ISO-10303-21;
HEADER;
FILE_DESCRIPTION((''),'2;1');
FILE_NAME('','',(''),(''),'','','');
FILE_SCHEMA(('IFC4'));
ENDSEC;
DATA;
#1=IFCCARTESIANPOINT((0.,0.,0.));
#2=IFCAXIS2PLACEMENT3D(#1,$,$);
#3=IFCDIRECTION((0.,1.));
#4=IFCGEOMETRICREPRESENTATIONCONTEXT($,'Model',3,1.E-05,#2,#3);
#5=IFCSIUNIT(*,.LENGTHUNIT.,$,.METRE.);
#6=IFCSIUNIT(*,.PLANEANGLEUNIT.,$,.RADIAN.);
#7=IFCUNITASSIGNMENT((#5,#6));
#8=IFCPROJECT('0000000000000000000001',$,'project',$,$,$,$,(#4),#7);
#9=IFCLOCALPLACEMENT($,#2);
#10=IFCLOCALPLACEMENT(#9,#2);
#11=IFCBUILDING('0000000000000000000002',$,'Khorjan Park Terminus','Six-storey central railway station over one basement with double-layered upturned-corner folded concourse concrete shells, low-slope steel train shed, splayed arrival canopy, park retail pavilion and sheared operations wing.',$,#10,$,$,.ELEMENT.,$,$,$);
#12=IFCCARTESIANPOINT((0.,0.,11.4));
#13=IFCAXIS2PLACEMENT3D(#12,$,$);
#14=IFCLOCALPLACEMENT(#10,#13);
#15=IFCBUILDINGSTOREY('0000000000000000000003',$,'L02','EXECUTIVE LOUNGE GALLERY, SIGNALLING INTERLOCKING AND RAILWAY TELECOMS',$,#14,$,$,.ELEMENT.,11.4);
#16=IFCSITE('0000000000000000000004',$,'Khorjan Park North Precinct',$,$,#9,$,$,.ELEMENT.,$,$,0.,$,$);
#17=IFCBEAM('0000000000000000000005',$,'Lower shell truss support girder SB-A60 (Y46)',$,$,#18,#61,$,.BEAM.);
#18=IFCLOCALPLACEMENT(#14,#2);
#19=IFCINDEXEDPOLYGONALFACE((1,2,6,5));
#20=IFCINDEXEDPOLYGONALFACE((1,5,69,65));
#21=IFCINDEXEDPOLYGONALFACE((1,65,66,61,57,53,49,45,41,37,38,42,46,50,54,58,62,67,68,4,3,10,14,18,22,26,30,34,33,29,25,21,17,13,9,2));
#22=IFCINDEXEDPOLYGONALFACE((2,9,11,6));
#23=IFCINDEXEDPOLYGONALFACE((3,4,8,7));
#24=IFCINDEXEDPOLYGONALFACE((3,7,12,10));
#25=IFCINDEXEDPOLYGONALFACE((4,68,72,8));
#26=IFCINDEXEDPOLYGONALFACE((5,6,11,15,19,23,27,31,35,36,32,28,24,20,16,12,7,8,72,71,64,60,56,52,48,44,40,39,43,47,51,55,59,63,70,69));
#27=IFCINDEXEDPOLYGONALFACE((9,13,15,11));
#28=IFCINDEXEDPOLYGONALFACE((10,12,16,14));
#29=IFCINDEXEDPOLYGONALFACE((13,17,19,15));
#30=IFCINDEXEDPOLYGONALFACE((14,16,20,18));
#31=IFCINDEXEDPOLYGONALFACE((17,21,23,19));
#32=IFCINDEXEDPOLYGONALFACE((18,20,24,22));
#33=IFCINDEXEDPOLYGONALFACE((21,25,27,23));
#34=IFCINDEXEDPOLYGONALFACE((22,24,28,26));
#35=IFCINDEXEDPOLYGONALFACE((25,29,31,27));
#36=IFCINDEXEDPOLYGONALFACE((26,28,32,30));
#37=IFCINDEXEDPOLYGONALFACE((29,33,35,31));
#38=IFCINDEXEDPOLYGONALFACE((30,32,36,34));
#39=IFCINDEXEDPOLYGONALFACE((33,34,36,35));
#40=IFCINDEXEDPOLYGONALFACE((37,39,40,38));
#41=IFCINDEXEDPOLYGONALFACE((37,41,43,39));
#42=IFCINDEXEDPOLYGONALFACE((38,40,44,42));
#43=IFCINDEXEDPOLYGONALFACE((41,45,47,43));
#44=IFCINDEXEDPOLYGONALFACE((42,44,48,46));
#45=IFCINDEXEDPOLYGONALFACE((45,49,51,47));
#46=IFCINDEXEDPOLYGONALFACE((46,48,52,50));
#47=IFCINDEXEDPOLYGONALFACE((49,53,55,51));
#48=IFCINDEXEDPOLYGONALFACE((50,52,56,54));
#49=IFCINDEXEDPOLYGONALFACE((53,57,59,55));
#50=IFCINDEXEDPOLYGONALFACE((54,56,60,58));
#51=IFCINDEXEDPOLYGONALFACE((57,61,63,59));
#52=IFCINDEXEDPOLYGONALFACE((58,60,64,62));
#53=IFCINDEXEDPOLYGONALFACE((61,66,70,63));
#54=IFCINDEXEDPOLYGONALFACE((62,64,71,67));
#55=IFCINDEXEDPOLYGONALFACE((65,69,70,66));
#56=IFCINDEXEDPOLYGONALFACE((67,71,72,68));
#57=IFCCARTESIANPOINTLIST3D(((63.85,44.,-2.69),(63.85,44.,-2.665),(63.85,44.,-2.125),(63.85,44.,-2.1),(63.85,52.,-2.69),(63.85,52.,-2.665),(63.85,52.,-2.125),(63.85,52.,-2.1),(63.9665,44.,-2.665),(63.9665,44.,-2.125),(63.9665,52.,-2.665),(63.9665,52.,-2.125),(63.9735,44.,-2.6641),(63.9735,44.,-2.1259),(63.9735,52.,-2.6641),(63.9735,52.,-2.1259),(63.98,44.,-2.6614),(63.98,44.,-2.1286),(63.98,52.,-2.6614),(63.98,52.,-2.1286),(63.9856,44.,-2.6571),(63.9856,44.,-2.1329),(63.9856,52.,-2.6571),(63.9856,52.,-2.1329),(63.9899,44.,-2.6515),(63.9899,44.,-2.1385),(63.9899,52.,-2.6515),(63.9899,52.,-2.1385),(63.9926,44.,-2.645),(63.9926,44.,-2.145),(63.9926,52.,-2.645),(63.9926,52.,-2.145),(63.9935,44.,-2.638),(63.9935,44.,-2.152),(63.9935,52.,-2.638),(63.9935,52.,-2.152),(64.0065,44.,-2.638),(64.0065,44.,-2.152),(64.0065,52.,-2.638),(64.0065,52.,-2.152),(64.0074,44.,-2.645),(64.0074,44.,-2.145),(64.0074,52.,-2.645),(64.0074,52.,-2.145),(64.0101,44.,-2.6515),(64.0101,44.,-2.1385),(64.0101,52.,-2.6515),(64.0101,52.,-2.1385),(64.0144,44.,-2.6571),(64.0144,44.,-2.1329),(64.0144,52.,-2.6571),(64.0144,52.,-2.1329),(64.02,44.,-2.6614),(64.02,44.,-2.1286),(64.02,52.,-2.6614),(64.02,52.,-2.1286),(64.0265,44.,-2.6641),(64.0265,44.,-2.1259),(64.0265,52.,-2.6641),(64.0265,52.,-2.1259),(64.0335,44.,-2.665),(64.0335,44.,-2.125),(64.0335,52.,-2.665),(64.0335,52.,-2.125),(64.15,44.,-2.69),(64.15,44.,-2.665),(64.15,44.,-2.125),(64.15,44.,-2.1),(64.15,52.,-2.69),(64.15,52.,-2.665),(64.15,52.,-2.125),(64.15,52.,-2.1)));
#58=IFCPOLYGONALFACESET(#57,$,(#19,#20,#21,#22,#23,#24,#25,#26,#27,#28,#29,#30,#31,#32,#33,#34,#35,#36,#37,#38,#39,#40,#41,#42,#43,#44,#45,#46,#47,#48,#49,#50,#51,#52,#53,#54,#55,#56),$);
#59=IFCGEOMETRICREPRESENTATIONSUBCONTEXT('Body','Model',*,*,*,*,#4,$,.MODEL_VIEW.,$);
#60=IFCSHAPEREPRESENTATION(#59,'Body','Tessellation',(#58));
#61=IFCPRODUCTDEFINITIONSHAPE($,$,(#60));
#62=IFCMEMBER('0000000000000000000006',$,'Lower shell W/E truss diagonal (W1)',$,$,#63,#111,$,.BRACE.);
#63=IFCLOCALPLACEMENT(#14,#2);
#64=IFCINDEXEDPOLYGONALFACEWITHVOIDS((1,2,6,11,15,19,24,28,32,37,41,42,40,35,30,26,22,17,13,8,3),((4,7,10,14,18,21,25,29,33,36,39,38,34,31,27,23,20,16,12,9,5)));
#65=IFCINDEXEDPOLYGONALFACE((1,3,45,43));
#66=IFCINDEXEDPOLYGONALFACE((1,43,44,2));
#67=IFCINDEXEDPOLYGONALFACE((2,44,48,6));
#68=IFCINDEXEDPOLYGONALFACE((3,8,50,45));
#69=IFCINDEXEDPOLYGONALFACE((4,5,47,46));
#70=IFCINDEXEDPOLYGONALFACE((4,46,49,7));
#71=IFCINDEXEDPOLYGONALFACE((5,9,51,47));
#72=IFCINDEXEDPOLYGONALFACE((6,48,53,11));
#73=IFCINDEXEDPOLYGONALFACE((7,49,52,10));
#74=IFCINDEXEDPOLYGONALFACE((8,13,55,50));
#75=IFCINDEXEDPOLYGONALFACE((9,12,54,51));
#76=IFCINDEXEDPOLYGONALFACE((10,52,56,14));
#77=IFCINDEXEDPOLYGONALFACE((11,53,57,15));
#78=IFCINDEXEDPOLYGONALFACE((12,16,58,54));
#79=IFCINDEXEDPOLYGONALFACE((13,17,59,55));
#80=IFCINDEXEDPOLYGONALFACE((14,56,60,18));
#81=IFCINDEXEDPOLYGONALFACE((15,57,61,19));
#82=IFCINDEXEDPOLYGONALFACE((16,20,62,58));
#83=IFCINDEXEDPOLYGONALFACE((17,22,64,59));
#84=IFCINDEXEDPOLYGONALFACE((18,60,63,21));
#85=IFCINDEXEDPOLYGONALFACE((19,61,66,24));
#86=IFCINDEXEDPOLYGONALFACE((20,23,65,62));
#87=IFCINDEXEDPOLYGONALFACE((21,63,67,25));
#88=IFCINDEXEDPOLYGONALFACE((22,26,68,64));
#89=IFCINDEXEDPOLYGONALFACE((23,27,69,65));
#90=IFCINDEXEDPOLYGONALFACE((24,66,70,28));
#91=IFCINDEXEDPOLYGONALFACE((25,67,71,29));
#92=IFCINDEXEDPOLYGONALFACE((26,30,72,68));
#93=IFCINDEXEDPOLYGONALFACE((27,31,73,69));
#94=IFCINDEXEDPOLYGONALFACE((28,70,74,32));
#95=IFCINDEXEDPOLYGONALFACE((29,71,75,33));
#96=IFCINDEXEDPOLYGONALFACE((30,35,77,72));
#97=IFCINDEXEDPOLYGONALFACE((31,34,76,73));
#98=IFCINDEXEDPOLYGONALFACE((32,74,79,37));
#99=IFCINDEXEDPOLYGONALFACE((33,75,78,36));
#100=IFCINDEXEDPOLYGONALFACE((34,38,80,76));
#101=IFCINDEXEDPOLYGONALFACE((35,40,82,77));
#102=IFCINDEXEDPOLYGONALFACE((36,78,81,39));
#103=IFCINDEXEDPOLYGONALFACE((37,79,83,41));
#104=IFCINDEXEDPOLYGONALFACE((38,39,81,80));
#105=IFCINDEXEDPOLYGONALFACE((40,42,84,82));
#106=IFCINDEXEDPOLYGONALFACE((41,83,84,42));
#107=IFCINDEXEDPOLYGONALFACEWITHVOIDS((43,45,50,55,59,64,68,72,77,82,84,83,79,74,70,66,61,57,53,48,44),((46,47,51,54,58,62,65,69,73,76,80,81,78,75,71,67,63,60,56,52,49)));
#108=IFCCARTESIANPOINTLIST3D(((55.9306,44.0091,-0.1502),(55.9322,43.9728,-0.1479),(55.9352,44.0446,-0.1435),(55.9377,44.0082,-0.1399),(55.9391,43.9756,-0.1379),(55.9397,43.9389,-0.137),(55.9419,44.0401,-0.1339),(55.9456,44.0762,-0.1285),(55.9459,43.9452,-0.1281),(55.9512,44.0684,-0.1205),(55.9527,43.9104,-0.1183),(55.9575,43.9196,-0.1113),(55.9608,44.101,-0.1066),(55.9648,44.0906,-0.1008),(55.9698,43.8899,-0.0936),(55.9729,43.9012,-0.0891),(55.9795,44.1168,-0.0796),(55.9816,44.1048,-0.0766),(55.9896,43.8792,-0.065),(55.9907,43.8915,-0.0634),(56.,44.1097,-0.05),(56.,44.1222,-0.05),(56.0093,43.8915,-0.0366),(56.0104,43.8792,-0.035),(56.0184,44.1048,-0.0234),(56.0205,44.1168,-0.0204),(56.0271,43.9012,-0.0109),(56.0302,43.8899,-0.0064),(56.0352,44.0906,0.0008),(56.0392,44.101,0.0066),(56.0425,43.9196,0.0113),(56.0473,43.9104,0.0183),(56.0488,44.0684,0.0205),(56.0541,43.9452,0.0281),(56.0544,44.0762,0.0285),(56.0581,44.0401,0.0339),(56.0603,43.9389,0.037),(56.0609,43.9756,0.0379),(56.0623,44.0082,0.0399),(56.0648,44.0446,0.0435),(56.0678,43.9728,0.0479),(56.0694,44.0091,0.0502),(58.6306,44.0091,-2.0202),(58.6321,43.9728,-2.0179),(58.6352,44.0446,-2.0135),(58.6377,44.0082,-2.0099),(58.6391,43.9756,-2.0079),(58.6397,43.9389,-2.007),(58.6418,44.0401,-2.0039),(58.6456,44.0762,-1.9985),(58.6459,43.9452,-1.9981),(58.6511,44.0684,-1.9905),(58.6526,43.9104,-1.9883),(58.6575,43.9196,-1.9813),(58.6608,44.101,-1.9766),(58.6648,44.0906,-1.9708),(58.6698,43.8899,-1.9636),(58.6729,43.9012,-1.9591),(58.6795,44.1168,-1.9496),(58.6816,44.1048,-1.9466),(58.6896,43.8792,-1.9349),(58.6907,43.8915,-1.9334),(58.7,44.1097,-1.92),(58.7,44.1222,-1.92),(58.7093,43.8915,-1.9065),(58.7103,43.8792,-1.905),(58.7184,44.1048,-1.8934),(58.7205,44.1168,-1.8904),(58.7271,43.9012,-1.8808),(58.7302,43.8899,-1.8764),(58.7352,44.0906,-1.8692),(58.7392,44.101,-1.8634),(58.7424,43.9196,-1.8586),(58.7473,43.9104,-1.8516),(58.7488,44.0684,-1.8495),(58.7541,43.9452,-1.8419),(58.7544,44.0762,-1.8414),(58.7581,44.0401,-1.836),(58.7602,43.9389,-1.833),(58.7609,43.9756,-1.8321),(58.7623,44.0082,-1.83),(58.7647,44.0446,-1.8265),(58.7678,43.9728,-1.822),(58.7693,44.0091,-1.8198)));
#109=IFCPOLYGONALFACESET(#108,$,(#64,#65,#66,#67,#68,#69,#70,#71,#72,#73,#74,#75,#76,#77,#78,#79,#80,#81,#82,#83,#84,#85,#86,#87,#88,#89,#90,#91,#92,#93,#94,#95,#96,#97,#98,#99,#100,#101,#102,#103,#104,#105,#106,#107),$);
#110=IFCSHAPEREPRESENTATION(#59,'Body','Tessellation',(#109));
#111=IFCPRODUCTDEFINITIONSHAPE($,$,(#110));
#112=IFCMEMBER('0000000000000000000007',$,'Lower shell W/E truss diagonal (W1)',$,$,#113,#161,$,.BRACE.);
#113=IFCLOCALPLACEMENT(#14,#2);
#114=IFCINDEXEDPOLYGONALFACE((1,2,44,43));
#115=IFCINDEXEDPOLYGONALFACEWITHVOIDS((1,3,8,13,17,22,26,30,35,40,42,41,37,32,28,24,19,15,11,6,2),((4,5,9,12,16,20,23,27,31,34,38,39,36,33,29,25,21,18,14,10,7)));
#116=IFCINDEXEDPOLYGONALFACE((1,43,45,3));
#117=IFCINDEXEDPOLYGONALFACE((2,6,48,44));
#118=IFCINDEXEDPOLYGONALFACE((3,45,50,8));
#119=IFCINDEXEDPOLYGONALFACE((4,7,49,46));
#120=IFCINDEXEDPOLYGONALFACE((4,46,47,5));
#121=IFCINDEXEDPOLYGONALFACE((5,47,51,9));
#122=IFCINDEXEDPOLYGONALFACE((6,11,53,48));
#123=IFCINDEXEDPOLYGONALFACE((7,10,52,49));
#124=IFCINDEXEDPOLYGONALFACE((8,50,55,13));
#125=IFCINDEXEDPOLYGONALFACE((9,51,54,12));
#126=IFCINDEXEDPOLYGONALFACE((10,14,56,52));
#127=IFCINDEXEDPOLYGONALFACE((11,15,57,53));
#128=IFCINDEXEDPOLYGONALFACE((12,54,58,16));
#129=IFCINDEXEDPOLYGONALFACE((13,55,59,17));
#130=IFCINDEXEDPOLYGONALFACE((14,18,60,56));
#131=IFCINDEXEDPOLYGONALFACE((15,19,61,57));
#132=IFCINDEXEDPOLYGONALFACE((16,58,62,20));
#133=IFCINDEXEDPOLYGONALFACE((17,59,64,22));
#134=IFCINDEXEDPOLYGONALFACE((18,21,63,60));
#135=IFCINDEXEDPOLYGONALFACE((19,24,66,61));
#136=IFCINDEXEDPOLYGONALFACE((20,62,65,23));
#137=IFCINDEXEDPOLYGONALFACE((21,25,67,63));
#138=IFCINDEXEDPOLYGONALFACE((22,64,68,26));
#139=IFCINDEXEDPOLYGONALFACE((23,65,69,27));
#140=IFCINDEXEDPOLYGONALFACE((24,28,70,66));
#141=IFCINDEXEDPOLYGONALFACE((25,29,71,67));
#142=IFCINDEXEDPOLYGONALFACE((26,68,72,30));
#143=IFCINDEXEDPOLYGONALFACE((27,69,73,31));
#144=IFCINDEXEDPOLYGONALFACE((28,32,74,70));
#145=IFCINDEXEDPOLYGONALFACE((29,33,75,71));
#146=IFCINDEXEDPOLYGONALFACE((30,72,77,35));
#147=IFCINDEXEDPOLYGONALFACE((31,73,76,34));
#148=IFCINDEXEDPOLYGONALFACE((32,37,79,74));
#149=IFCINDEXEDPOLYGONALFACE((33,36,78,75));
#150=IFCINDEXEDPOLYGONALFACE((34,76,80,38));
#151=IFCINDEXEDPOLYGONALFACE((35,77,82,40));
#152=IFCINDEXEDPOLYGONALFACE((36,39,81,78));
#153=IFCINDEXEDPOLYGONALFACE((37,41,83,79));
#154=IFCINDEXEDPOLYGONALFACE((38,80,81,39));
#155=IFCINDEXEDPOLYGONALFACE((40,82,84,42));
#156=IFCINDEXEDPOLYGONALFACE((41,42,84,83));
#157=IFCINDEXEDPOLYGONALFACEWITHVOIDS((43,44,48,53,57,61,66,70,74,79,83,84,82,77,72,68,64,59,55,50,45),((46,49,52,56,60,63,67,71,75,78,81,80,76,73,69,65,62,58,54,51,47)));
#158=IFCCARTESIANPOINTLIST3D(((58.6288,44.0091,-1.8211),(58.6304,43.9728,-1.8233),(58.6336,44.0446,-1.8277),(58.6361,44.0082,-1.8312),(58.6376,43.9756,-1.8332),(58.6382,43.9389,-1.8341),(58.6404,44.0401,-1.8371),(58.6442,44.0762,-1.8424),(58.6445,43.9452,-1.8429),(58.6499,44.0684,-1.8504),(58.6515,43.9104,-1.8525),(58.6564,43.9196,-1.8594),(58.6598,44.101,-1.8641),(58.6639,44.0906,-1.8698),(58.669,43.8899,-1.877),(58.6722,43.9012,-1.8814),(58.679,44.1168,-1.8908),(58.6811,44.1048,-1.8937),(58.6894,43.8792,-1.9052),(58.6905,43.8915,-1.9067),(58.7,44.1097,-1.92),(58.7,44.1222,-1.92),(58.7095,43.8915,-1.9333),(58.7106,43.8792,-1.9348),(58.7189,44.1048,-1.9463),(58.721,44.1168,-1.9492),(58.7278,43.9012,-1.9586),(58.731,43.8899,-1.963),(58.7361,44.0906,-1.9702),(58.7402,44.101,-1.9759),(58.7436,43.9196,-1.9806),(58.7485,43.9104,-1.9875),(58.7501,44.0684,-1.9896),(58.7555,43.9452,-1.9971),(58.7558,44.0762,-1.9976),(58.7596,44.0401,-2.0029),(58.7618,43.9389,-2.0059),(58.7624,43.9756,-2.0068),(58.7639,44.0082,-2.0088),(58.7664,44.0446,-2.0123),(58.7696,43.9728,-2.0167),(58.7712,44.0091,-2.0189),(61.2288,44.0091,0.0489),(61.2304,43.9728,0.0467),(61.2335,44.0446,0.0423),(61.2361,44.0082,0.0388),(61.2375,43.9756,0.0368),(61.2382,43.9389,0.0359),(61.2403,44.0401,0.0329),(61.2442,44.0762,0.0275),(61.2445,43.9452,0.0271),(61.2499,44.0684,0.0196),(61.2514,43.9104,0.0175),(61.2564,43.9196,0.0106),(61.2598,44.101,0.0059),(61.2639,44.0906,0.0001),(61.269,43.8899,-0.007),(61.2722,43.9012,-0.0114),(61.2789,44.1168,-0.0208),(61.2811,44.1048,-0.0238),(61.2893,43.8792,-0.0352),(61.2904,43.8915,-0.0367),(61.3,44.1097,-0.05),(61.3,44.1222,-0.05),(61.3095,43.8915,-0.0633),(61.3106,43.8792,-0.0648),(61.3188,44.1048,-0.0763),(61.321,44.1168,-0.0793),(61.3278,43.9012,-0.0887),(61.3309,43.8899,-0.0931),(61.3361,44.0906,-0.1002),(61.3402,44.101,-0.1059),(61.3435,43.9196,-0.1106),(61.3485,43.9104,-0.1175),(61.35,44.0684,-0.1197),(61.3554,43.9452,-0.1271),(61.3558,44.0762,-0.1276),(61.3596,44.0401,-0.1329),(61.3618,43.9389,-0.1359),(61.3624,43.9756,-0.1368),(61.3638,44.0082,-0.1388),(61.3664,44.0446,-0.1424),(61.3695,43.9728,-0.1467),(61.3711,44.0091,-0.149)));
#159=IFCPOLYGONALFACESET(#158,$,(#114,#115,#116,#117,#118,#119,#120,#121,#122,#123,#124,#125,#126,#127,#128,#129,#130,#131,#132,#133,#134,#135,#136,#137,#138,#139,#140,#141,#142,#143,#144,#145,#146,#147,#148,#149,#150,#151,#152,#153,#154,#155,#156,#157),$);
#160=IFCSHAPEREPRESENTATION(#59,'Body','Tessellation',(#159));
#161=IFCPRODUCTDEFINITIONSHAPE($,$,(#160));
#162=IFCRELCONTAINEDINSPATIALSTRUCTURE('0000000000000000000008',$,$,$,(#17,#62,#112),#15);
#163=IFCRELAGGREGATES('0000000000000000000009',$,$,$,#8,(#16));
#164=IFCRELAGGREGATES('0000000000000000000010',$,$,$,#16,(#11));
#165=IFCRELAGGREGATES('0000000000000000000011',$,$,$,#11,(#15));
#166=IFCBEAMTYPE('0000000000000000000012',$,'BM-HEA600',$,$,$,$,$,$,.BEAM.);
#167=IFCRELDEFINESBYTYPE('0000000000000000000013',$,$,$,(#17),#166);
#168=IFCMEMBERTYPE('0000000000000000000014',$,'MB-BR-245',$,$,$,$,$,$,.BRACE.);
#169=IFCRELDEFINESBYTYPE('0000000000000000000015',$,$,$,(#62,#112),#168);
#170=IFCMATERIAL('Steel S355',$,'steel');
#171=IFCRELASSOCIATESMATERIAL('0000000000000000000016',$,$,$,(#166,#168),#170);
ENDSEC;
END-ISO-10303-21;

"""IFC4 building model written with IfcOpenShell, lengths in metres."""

from ifc_helpers import new_model, si_unit, direction, frame, origin, origin_2d, place, context, subcontext, project, spatial, hollow_circle, i_section, extrude, material, material_profile, profile_set, type_object, element, save


model = new_model("IFC4")

# Units and contexts
model_context = context("Model", 3, precision=1e-05, world=origin(), true_north=direction((0.0, 1.0)))
body_context = subcontext(model_context, "Body", "Model", "MODEL_VIEW")
ifc_project = project(units=[si_unit("LENGTHUNIT", "METRE"), si_unit("PLANEANGLEUNIT", "RADIAN")], contexts=[model_context])

# Site, building, storey
site_placement = place(None, origin())
site = spatial("IfcSite", under=ifc_project, at=site_placement, Name="Khorjan Park North Precinct", CompositionType="ELEMENT", RefElevation=0.0)
building_placement = place(site_placement, origin())
building = spatial("IfcBuilding", under=site, at=building_placement, Name="Khorjan Park Terminus", Description="Six-storey central railway station over one basement with double-layered upturned-corner folded concourse concrete shells, low-slope steel train shed, splayed arrival canopy, park retail pavilion and sheared operations wing.", CompositionType="ELEMENT")
storey_placement = place(building_placement, frame((0.0, 0.0, 11.4)))
storey = spatial("IfcBuildingStorey", under=building, at=storey_placement, Name="L02", Description="EXECUTIVE LOUNGE GALLERY, SIGNALLING INTERLOCKING AND RAILWAY TELECOMS", CompositionType="ELEMENT", Elevation=11.4)

# Beam
ifc_material_1 = material(Name="Steel S355", Category="steel")
ifc_material_profile_1 = material_profile(ifc_material_1, i_section(OverallWidth=0.3, OverallDepth=0.59, WebThickness=0.013, FlangeThickness=0.025, FilletRadius=0.027, at=origin_2d()), Name="HEA 600")
ifc_profile_set_1 = profile_set([ifc_material_profile_1], Name="Steel S355")
beam_type = type_object("IfcBeamType", Name="BM-HEA600", PredefinedType="BEAM", material=ifc_profile_set_1)
beam_placement = place(storey_placement, frame((64.0, 44.0, -2.395), z_axis=(0.0, 1.0, 0.0), x_axis=(-1.0, 0.0, 0.0)))
element("IfcBeam", 1, at=beam_placement, inside=storey, type_object=beam_type, Name="Lower shell truss support girder SB-A60 (Y46)", PredefinedType="BEAM", context=body_context, shape_type="SweptSolid", body=[
    extrude(i_section(OverallWidth=0.3, OverallDepth=0.59, WebThickness=0.013, FlangeThickness=0.025, FilletRadius=0.027, at=origin_2d()), origin(), (0.0, 0.0, 1.0), 8.0),
])

# Members
ifc_material_profile_2 = material_profile(ifc_material_1, hollow_circle(Radius=0.1222, WallThickness=0.0125, at=origin_2d()), Name="CHS 244.5x12.5")
ifc_profile_set_2 = profile_set([ifc_material_profile_2], Name="Steel S355")
member_type_1 = type_object("IfcMemberType", Name="MB-BR-245", PredefinedType="BRACE", material=ifc_profile_set_2)
member_1_placement = place(storey_placement, frame((56.0, 44.0, -0.05), z_axis=(0.822083, 0.0, -0.569368), x_axis=(0.0, 1.0, 0.0)))
element("IfcMember", 2, at=member_1_placement, inside=storey, type_object=member_type_1, Name="Lower shell W/E truss diagonal (W1)", PredefinedType="BRACE", context=body_context, shape_type="SweptSolid", body=[
    extrude(hollow_circle(Radius=0.1222, WallThickness=0.0125, at=origin_2d()), origin(), (0.0, 0.0, 1.0), 3.2843),
])
member_2_placement = place(storey_placement, frame((58.7, 44.0, -1.92), z_axis=(0.81183, 0.0, 0.583893), x_axis=(0.0, 1.0, 0.0)))
element("IfcMember", 3, at=member_2_placement, inside=storey, type_object=member_type_1, Name="Lower shell W/E truss diagonal (W1)", PredefinedType="BRACE", context=body_context, shape_type="SweptSolid", body=[
    extrude(hollow_circle(Radius=0.1222, WallThickness=0.0125, at=origin_2d()), origin(), (0.0, 0.0, 1.0), 3.2026),
])

save(model, "model.ifc")
